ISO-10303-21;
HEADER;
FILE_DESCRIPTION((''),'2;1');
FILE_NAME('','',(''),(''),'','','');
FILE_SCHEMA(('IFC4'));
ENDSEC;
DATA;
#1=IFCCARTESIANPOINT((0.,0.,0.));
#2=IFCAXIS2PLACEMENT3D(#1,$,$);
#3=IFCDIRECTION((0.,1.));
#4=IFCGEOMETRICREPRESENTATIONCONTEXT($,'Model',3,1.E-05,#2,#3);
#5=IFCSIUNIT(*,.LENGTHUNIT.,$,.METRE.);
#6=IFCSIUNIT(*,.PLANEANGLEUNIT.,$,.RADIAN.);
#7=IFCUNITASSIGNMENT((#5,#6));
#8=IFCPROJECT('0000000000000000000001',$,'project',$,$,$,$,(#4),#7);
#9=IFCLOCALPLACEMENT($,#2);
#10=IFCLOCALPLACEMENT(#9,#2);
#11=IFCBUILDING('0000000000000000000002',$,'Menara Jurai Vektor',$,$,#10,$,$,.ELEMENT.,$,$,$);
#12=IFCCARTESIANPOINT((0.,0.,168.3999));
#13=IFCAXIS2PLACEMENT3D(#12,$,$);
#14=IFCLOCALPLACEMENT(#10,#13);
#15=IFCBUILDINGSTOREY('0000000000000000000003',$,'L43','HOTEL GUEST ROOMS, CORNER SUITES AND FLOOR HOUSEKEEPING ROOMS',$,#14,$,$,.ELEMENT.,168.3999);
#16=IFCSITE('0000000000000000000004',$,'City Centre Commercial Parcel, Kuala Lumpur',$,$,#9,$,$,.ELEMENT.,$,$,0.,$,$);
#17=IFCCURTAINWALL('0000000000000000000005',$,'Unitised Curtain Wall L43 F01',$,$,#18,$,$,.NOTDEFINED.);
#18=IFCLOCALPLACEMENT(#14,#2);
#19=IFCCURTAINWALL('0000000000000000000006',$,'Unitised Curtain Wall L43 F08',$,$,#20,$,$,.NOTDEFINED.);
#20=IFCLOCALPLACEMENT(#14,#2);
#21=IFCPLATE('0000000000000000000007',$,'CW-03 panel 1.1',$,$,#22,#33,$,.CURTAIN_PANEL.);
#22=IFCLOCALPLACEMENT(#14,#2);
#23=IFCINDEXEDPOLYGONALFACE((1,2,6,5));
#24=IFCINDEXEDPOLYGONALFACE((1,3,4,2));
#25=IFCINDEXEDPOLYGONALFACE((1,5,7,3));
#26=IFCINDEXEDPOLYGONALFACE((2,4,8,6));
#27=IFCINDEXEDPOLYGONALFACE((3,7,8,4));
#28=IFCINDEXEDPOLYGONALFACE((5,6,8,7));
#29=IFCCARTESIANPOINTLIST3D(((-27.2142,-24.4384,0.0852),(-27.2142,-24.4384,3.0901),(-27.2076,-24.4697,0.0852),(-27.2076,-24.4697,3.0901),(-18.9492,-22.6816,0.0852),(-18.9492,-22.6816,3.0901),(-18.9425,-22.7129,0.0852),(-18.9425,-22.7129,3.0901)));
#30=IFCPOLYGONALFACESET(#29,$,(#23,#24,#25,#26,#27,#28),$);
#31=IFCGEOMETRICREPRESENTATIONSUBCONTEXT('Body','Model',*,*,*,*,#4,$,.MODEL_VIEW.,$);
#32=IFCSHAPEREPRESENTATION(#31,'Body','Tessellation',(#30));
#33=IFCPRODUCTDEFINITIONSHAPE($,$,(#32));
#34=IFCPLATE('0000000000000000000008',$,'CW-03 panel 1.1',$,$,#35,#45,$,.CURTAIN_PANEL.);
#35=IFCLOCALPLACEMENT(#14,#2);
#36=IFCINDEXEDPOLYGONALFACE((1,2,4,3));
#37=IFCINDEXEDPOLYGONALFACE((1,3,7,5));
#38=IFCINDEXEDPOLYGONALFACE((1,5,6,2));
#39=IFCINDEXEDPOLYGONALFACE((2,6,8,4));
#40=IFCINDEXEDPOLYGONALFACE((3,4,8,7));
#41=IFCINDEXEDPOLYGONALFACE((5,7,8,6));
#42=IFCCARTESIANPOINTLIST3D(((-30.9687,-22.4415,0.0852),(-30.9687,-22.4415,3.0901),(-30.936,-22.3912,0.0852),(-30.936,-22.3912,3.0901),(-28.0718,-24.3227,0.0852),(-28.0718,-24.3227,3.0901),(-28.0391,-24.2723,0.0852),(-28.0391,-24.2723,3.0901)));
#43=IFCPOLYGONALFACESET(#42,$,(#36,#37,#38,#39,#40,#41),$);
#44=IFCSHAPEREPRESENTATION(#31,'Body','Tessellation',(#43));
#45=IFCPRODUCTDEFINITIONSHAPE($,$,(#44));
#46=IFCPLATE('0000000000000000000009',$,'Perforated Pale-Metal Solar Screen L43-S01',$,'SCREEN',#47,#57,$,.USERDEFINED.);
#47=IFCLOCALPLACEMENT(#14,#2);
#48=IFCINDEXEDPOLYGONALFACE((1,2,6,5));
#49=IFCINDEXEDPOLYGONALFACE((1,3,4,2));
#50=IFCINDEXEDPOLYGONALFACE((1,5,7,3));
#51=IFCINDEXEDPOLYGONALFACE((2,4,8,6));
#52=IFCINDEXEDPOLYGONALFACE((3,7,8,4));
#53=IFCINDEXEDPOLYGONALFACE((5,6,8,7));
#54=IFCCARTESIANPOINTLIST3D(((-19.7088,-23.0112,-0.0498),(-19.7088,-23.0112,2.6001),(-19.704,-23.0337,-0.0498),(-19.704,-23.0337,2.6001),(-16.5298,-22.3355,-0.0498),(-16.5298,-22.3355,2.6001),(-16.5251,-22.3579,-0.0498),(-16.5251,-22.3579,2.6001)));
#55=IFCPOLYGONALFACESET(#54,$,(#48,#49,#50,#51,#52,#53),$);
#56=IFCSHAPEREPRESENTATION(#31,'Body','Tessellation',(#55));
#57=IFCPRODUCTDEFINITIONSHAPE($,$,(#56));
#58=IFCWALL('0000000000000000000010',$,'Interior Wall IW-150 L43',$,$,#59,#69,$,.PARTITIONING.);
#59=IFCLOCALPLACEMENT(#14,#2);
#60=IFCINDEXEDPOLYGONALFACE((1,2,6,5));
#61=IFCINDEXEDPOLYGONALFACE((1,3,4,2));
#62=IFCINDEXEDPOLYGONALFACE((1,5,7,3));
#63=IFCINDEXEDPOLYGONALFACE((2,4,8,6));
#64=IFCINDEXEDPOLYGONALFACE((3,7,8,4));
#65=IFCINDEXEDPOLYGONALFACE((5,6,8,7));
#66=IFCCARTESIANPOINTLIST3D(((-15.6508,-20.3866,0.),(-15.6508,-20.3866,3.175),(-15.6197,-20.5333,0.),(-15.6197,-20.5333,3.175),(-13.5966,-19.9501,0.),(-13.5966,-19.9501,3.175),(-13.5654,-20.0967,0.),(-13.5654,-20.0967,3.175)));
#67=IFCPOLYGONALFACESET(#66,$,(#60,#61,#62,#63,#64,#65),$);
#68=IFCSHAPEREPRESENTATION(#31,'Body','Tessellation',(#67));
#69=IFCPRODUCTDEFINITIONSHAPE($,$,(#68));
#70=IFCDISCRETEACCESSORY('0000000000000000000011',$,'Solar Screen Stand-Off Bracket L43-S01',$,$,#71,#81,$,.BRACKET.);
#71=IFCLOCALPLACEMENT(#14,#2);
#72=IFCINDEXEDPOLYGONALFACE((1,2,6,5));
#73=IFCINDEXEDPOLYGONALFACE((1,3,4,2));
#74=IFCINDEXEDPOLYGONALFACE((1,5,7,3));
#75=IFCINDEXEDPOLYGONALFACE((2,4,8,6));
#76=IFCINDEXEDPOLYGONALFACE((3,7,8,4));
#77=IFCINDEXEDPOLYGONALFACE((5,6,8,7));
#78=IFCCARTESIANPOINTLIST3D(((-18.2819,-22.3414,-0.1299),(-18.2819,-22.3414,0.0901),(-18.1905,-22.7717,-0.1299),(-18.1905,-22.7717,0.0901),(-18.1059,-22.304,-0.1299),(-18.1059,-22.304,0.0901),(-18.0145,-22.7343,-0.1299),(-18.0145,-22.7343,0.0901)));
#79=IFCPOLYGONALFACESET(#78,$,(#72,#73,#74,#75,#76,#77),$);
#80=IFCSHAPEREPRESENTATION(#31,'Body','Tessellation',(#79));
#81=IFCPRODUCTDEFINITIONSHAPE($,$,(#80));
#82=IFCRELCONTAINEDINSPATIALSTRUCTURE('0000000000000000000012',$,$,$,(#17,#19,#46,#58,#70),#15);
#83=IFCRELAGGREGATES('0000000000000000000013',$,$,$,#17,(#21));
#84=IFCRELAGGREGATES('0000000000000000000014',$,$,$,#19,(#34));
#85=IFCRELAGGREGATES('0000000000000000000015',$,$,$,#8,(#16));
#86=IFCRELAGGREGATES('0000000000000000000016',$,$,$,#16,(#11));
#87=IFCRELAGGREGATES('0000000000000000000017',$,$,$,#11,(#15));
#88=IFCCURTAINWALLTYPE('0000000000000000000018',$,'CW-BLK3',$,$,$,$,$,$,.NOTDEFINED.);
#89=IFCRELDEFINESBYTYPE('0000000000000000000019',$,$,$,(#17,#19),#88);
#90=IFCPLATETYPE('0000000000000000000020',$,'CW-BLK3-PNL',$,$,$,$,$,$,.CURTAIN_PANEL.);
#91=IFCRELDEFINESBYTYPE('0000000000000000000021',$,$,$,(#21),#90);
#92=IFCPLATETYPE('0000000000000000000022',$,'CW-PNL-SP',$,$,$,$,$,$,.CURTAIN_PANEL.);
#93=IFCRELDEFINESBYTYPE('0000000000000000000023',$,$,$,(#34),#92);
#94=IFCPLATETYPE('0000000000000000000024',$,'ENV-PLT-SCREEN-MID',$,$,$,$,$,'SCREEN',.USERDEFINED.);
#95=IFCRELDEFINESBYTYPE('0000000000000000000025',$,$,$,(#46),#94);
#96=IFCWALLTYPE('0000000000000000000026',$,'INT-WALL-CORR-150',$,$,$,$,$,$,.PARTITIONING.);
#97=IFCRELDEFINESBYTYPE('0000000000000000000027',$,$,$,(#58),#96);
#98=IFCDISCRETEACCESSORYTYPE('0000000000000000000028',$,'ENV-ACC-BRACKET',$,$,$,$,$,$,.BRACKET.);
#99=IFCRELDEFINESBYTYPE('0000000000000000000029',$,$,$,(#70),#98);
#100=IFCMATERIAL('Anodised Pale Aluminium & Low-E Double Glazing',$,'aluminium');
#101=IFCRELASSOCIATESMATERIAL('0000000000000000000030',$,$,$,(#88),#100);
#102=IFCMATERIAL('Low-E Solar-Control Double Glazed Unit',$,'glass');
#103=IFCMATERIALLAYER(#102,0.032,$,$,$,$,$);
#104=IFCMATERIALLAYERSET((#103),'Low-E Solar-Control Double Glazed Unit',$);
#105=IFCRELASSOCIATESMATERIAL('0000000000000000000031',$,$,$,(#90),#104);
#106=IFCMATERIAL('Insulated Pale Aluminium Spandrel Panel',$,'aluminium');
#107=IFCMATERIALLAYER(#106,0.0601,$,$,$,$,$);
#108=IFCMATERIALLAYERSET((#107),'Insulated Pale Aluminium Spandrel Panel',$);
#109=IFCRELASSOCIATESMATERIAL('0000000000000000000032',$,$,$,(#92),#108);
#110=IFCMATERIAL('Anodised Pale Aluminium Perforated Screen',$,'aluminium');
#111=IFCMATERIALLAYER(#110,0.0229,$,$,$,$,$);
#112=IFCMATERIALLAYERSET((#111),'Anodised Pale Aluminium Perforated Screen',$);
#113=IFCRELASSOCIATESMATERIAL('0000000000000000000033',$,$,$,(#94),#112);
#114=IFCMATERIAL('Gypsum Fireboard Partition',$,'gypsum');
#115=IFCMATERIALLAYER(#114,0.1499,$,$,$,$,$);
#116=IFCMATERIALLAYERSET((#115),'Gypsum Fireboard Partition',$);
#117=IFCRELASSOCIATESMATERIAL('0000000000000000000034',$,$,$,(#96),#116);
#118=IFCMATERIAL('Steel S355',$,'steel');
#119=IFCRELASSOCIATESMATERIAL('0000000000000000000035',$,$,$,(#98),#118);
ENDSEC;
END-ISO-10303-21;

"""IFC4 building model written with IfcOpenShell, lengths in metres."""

from ifc_helpers import new_model, si_unit, direction, frame, frame_2d, origin, origin_2d, place, context, subcontext, project, spatial, rectangle, extrude, material, layer, layer_set, type_object, element, aggregate, save


model = new_model("IFC4")

# Units and contexts
model_context = context("Model", 3, precision=1e-05, world=origin(), true_north=direction((0.0, 1.0)))
body_context = subcontext(model_context, "Body", "Model", "MODEL_VIEW")
ifc_project = project(units=[si_unit("LENGTHUNIT", "METRE"), si_unit("PLANEANGLEUNIT", "RADIAN")], contexts=[model_context])

# Site, building, storey
site_placement = place(None, origin())
site = spatial("IfcSite", under=ifc_project, at=site_placement, Name="City Centre Commercial Parcel, Kuala Lumpur", CompositionType="ELEMENT", RefElevation=0.0)
building_placement = place(site_placement, origin())
building = spatial("IfcBuilding", under=site, at=building_placement, Name="Menara Jurai Vektor", CompositionType="ELEMENT")
storey_placement = place(building_placement, frame((0.0, 0.0, 168.3999)))
storey = spatial("IfcBuildingStorey", under=building, at=storey_placement, Name="L43", Description="HOTEL GUEST ROOMS, CORNER SUITES AND FLOOR HOUSEKEEPING ROOMS", CompositionType="ELEMENT", Elevation=168.3999)

# Curtain wall
ifc_material_1 = material(Name="Anodised Pale Aluminium & Low-E Double Glazing", Category="aluminium")
curtain_wall_type = type_object("IfcCurtainWallType", Name="CW-BLK3", PredefinedType="NOTDEFINED", material=ifc_material_1)
curtain_wall_1_placement = place(storey_placement, origin())
curtain_wall_1 = element("IfcCurtainWall", 1, at=curtain_wall_1_placement, inside=storey, type_object=curtain_wall_type, Name="Unitised Curtain Wall L43 F01", PredefinedType="NOTDEFINED")

# Curtain wall
curtain_wall_2_placement = place(storey_placement, origin())
curtain_wall_2 = element("IfcCurtainWall", 2, at=curtain_wall_2_placement, inside=storey, type_object=curtain_wall_type, Name="Unitised Curtain Wall L43 F08", PredefinedType="NOTDEFINED")

# Shared definitions
ifc_material_2 = material(Name="Steel S355", Category="steel")

# Plates
ifc_material_3 = material(Name="Low-E Solar-Control Double Glazed Unit", Category="glass")
ifc_layer_1 = layer(ifc_material_3, 0.032)
ifc_layer_set_1 = layer_set([ifc_layer_1], Name="Low-E Solar-Control Double Glazed Unit")
plate_type_1 = type_object("IfcPlateType", Name="CW-BLK3-PNL", PredefinedType="CURTAIN_PANEL", material=ifc_layer_set_1)
plate_1_placement = place(storey_placement, frame((-23.0784, -23.5757, 0.0852), z_axis=(0.0, 0.0, 1.0), x_axis=(0.978148, 0.207911, 0.0)))
plate_1 = element("IfcPlate", 3, at=plate_1_placement, type_object=plate_type_1, Name="CW-03 panel 1.1", PredefinedType="CURTAIN_PANEL", context=body_context, shape_type="SweptSolid", body=[
    extrude(rectangle(XDim=8.4497, YDim=0.032, at=origin_2d()), origin(), (0.0, 0.0, 1.0), 3.0049),
])
aggregate(curtain_wall_1, [plate_1])
ifc_material_4 = material(Name="Insulated Pale Aluminium Spandrel Panel", Category="aluminium")
ifc_layer_2 = layer(ifc_material_4, 0.0601)
ifc_layer_set_2 = layer_set([ifc_layer_2], Name="Insulated Pale Aluminium Spandrel Panel")
plate_type_2 = type_object("IfcPlateType", Name="CW-PNL-SP", PredefinedType="CURTAIN_PANEL", material=ifc_layer_set_2)
plate_2_placement = place(storey_placement, frame((-29.5039, -23.3569, 0.0852), z_axis=(0.0, 0.0, 1.0), x_axis=(0.838684, -0.544618, 0.0)))
plate_2 = element("IfcPlate", 4, at=plate_2_placement, type_object=plate_type_2, Name="CW-03 panel 1.1", PredefinedType="CURTAIN_PANEL", context=body_context, shape_type="SweptSolid", body=[
    extrude(rectangle(XDim=3.4541, YDim=0.0601, at=origin_2d()), origin(), (0.0, 0.0, 1.0), 3.0049),
])
aggregate(curtain_wall_2, [plate_2])
ifc_material_5 = material(Name="Anodised Pale Aluminium Perforated Screen", Category="aluminium")
ifc_layer_3 = layer(ifc_material_5, 0.0229)
ifc_layer_set_3 = layer_set([ifc_layer_3], Name="Anodised Pale Aluminium Perforated Screen")
plate_type_3 = type_object("IfcPlateType", Name="ENV-PLT-SCREEN-MID", ElementType="SCREEN", PredefinedType="USERDEFINED", material=ifc_layer_set_3)
plate_3_placement = place(storey_placement, frame((-18.1169, -22.6846, -0.0498), z_axis=(0.0, 0.0, 1.0), x_axis=(0.978148, 0.207912, 0.0)))
element("IfcPlate", 5, at=plate_3_placement, inside=storey, type_object=plate_type_3, Name="Perforated Pale-Metal Solar Screen L43-S01", ObjectType="SCREEN", PredefinedType="USERDEFINED", context=body_context, shape_type="SweptSolid", body=[
    extrude(rectangle(XDim=3.25, YDim=0.0229, at=origin_2d()), origin(), (0.0, 0.0, 1.0), 2.6499),
])

# Shared definitions
ifc_material_6 = material(Name="Gypsum Fireboard Partition", Category="gypsum")
ifc_layer_4 = layer(ifc_material_6, 0.1499)
ifc_layer_set_4 = layer_set([ifc_layer_4], Name="Gypsum Fireboard Partition")
wall_type = type_object("IfcWallType", Name="INT-WALL-CORR-150", PredefinedType="PARTITIONING", material=ifc_layer_set_4)

# Wall
wall_1_placement = place(storey_placement, frame((-15.6353, -20.46, 0.0), z_axis=(0.0, 0.0, 1.0), x_axis=(0.978158, 0.207862, 0.0)))
element("IfcWall", 6, at=wall_1_placement, inside=storey, type_object=wall_type, Name="Interior Wall IW-150 L43", PredefinedType="PARTITIONING", context=body_context, shape_type="SweptSolid", body=[
    extrude(rectangle(XDim=2.1001, YDim=0.1499, at=frame_2d((1.05, 0.0))), origin(), (0.0, 0.0, 1.0), 3.175),
])

# Discrete accessory
discrete_accessory_type = type_object("IfcDiscreteAccessoryType", Name="ENV-ACC-BRACKET", PredefinedType="BRACKET", material=ifc_material_2)
discrete_accessory_placement = place(storey_placement, frame((-18.1482, -22.5378, -0.1299), z_axis=(0.0, 0.0, 1.0), x_axis=(0.978148, 0.207912, 0.0)))
element("IfcDiscreteAccessory", 7, at=discrete_accessory_placement, inside=storey, type_object=discrete_accessory_type, Name="Solar Screen Stand-Off Bracket L43-S01", PredefinedType="BRACKET", context=body_context, shape_type="SweptSolid", body=[
    extrude(rectangle(XDim=0.1799, YDim=0.4399, at=origin_2d()), origin(), (0.0, 0.0, 1.0), 0.22),
])

save(model, "model.ifc")
